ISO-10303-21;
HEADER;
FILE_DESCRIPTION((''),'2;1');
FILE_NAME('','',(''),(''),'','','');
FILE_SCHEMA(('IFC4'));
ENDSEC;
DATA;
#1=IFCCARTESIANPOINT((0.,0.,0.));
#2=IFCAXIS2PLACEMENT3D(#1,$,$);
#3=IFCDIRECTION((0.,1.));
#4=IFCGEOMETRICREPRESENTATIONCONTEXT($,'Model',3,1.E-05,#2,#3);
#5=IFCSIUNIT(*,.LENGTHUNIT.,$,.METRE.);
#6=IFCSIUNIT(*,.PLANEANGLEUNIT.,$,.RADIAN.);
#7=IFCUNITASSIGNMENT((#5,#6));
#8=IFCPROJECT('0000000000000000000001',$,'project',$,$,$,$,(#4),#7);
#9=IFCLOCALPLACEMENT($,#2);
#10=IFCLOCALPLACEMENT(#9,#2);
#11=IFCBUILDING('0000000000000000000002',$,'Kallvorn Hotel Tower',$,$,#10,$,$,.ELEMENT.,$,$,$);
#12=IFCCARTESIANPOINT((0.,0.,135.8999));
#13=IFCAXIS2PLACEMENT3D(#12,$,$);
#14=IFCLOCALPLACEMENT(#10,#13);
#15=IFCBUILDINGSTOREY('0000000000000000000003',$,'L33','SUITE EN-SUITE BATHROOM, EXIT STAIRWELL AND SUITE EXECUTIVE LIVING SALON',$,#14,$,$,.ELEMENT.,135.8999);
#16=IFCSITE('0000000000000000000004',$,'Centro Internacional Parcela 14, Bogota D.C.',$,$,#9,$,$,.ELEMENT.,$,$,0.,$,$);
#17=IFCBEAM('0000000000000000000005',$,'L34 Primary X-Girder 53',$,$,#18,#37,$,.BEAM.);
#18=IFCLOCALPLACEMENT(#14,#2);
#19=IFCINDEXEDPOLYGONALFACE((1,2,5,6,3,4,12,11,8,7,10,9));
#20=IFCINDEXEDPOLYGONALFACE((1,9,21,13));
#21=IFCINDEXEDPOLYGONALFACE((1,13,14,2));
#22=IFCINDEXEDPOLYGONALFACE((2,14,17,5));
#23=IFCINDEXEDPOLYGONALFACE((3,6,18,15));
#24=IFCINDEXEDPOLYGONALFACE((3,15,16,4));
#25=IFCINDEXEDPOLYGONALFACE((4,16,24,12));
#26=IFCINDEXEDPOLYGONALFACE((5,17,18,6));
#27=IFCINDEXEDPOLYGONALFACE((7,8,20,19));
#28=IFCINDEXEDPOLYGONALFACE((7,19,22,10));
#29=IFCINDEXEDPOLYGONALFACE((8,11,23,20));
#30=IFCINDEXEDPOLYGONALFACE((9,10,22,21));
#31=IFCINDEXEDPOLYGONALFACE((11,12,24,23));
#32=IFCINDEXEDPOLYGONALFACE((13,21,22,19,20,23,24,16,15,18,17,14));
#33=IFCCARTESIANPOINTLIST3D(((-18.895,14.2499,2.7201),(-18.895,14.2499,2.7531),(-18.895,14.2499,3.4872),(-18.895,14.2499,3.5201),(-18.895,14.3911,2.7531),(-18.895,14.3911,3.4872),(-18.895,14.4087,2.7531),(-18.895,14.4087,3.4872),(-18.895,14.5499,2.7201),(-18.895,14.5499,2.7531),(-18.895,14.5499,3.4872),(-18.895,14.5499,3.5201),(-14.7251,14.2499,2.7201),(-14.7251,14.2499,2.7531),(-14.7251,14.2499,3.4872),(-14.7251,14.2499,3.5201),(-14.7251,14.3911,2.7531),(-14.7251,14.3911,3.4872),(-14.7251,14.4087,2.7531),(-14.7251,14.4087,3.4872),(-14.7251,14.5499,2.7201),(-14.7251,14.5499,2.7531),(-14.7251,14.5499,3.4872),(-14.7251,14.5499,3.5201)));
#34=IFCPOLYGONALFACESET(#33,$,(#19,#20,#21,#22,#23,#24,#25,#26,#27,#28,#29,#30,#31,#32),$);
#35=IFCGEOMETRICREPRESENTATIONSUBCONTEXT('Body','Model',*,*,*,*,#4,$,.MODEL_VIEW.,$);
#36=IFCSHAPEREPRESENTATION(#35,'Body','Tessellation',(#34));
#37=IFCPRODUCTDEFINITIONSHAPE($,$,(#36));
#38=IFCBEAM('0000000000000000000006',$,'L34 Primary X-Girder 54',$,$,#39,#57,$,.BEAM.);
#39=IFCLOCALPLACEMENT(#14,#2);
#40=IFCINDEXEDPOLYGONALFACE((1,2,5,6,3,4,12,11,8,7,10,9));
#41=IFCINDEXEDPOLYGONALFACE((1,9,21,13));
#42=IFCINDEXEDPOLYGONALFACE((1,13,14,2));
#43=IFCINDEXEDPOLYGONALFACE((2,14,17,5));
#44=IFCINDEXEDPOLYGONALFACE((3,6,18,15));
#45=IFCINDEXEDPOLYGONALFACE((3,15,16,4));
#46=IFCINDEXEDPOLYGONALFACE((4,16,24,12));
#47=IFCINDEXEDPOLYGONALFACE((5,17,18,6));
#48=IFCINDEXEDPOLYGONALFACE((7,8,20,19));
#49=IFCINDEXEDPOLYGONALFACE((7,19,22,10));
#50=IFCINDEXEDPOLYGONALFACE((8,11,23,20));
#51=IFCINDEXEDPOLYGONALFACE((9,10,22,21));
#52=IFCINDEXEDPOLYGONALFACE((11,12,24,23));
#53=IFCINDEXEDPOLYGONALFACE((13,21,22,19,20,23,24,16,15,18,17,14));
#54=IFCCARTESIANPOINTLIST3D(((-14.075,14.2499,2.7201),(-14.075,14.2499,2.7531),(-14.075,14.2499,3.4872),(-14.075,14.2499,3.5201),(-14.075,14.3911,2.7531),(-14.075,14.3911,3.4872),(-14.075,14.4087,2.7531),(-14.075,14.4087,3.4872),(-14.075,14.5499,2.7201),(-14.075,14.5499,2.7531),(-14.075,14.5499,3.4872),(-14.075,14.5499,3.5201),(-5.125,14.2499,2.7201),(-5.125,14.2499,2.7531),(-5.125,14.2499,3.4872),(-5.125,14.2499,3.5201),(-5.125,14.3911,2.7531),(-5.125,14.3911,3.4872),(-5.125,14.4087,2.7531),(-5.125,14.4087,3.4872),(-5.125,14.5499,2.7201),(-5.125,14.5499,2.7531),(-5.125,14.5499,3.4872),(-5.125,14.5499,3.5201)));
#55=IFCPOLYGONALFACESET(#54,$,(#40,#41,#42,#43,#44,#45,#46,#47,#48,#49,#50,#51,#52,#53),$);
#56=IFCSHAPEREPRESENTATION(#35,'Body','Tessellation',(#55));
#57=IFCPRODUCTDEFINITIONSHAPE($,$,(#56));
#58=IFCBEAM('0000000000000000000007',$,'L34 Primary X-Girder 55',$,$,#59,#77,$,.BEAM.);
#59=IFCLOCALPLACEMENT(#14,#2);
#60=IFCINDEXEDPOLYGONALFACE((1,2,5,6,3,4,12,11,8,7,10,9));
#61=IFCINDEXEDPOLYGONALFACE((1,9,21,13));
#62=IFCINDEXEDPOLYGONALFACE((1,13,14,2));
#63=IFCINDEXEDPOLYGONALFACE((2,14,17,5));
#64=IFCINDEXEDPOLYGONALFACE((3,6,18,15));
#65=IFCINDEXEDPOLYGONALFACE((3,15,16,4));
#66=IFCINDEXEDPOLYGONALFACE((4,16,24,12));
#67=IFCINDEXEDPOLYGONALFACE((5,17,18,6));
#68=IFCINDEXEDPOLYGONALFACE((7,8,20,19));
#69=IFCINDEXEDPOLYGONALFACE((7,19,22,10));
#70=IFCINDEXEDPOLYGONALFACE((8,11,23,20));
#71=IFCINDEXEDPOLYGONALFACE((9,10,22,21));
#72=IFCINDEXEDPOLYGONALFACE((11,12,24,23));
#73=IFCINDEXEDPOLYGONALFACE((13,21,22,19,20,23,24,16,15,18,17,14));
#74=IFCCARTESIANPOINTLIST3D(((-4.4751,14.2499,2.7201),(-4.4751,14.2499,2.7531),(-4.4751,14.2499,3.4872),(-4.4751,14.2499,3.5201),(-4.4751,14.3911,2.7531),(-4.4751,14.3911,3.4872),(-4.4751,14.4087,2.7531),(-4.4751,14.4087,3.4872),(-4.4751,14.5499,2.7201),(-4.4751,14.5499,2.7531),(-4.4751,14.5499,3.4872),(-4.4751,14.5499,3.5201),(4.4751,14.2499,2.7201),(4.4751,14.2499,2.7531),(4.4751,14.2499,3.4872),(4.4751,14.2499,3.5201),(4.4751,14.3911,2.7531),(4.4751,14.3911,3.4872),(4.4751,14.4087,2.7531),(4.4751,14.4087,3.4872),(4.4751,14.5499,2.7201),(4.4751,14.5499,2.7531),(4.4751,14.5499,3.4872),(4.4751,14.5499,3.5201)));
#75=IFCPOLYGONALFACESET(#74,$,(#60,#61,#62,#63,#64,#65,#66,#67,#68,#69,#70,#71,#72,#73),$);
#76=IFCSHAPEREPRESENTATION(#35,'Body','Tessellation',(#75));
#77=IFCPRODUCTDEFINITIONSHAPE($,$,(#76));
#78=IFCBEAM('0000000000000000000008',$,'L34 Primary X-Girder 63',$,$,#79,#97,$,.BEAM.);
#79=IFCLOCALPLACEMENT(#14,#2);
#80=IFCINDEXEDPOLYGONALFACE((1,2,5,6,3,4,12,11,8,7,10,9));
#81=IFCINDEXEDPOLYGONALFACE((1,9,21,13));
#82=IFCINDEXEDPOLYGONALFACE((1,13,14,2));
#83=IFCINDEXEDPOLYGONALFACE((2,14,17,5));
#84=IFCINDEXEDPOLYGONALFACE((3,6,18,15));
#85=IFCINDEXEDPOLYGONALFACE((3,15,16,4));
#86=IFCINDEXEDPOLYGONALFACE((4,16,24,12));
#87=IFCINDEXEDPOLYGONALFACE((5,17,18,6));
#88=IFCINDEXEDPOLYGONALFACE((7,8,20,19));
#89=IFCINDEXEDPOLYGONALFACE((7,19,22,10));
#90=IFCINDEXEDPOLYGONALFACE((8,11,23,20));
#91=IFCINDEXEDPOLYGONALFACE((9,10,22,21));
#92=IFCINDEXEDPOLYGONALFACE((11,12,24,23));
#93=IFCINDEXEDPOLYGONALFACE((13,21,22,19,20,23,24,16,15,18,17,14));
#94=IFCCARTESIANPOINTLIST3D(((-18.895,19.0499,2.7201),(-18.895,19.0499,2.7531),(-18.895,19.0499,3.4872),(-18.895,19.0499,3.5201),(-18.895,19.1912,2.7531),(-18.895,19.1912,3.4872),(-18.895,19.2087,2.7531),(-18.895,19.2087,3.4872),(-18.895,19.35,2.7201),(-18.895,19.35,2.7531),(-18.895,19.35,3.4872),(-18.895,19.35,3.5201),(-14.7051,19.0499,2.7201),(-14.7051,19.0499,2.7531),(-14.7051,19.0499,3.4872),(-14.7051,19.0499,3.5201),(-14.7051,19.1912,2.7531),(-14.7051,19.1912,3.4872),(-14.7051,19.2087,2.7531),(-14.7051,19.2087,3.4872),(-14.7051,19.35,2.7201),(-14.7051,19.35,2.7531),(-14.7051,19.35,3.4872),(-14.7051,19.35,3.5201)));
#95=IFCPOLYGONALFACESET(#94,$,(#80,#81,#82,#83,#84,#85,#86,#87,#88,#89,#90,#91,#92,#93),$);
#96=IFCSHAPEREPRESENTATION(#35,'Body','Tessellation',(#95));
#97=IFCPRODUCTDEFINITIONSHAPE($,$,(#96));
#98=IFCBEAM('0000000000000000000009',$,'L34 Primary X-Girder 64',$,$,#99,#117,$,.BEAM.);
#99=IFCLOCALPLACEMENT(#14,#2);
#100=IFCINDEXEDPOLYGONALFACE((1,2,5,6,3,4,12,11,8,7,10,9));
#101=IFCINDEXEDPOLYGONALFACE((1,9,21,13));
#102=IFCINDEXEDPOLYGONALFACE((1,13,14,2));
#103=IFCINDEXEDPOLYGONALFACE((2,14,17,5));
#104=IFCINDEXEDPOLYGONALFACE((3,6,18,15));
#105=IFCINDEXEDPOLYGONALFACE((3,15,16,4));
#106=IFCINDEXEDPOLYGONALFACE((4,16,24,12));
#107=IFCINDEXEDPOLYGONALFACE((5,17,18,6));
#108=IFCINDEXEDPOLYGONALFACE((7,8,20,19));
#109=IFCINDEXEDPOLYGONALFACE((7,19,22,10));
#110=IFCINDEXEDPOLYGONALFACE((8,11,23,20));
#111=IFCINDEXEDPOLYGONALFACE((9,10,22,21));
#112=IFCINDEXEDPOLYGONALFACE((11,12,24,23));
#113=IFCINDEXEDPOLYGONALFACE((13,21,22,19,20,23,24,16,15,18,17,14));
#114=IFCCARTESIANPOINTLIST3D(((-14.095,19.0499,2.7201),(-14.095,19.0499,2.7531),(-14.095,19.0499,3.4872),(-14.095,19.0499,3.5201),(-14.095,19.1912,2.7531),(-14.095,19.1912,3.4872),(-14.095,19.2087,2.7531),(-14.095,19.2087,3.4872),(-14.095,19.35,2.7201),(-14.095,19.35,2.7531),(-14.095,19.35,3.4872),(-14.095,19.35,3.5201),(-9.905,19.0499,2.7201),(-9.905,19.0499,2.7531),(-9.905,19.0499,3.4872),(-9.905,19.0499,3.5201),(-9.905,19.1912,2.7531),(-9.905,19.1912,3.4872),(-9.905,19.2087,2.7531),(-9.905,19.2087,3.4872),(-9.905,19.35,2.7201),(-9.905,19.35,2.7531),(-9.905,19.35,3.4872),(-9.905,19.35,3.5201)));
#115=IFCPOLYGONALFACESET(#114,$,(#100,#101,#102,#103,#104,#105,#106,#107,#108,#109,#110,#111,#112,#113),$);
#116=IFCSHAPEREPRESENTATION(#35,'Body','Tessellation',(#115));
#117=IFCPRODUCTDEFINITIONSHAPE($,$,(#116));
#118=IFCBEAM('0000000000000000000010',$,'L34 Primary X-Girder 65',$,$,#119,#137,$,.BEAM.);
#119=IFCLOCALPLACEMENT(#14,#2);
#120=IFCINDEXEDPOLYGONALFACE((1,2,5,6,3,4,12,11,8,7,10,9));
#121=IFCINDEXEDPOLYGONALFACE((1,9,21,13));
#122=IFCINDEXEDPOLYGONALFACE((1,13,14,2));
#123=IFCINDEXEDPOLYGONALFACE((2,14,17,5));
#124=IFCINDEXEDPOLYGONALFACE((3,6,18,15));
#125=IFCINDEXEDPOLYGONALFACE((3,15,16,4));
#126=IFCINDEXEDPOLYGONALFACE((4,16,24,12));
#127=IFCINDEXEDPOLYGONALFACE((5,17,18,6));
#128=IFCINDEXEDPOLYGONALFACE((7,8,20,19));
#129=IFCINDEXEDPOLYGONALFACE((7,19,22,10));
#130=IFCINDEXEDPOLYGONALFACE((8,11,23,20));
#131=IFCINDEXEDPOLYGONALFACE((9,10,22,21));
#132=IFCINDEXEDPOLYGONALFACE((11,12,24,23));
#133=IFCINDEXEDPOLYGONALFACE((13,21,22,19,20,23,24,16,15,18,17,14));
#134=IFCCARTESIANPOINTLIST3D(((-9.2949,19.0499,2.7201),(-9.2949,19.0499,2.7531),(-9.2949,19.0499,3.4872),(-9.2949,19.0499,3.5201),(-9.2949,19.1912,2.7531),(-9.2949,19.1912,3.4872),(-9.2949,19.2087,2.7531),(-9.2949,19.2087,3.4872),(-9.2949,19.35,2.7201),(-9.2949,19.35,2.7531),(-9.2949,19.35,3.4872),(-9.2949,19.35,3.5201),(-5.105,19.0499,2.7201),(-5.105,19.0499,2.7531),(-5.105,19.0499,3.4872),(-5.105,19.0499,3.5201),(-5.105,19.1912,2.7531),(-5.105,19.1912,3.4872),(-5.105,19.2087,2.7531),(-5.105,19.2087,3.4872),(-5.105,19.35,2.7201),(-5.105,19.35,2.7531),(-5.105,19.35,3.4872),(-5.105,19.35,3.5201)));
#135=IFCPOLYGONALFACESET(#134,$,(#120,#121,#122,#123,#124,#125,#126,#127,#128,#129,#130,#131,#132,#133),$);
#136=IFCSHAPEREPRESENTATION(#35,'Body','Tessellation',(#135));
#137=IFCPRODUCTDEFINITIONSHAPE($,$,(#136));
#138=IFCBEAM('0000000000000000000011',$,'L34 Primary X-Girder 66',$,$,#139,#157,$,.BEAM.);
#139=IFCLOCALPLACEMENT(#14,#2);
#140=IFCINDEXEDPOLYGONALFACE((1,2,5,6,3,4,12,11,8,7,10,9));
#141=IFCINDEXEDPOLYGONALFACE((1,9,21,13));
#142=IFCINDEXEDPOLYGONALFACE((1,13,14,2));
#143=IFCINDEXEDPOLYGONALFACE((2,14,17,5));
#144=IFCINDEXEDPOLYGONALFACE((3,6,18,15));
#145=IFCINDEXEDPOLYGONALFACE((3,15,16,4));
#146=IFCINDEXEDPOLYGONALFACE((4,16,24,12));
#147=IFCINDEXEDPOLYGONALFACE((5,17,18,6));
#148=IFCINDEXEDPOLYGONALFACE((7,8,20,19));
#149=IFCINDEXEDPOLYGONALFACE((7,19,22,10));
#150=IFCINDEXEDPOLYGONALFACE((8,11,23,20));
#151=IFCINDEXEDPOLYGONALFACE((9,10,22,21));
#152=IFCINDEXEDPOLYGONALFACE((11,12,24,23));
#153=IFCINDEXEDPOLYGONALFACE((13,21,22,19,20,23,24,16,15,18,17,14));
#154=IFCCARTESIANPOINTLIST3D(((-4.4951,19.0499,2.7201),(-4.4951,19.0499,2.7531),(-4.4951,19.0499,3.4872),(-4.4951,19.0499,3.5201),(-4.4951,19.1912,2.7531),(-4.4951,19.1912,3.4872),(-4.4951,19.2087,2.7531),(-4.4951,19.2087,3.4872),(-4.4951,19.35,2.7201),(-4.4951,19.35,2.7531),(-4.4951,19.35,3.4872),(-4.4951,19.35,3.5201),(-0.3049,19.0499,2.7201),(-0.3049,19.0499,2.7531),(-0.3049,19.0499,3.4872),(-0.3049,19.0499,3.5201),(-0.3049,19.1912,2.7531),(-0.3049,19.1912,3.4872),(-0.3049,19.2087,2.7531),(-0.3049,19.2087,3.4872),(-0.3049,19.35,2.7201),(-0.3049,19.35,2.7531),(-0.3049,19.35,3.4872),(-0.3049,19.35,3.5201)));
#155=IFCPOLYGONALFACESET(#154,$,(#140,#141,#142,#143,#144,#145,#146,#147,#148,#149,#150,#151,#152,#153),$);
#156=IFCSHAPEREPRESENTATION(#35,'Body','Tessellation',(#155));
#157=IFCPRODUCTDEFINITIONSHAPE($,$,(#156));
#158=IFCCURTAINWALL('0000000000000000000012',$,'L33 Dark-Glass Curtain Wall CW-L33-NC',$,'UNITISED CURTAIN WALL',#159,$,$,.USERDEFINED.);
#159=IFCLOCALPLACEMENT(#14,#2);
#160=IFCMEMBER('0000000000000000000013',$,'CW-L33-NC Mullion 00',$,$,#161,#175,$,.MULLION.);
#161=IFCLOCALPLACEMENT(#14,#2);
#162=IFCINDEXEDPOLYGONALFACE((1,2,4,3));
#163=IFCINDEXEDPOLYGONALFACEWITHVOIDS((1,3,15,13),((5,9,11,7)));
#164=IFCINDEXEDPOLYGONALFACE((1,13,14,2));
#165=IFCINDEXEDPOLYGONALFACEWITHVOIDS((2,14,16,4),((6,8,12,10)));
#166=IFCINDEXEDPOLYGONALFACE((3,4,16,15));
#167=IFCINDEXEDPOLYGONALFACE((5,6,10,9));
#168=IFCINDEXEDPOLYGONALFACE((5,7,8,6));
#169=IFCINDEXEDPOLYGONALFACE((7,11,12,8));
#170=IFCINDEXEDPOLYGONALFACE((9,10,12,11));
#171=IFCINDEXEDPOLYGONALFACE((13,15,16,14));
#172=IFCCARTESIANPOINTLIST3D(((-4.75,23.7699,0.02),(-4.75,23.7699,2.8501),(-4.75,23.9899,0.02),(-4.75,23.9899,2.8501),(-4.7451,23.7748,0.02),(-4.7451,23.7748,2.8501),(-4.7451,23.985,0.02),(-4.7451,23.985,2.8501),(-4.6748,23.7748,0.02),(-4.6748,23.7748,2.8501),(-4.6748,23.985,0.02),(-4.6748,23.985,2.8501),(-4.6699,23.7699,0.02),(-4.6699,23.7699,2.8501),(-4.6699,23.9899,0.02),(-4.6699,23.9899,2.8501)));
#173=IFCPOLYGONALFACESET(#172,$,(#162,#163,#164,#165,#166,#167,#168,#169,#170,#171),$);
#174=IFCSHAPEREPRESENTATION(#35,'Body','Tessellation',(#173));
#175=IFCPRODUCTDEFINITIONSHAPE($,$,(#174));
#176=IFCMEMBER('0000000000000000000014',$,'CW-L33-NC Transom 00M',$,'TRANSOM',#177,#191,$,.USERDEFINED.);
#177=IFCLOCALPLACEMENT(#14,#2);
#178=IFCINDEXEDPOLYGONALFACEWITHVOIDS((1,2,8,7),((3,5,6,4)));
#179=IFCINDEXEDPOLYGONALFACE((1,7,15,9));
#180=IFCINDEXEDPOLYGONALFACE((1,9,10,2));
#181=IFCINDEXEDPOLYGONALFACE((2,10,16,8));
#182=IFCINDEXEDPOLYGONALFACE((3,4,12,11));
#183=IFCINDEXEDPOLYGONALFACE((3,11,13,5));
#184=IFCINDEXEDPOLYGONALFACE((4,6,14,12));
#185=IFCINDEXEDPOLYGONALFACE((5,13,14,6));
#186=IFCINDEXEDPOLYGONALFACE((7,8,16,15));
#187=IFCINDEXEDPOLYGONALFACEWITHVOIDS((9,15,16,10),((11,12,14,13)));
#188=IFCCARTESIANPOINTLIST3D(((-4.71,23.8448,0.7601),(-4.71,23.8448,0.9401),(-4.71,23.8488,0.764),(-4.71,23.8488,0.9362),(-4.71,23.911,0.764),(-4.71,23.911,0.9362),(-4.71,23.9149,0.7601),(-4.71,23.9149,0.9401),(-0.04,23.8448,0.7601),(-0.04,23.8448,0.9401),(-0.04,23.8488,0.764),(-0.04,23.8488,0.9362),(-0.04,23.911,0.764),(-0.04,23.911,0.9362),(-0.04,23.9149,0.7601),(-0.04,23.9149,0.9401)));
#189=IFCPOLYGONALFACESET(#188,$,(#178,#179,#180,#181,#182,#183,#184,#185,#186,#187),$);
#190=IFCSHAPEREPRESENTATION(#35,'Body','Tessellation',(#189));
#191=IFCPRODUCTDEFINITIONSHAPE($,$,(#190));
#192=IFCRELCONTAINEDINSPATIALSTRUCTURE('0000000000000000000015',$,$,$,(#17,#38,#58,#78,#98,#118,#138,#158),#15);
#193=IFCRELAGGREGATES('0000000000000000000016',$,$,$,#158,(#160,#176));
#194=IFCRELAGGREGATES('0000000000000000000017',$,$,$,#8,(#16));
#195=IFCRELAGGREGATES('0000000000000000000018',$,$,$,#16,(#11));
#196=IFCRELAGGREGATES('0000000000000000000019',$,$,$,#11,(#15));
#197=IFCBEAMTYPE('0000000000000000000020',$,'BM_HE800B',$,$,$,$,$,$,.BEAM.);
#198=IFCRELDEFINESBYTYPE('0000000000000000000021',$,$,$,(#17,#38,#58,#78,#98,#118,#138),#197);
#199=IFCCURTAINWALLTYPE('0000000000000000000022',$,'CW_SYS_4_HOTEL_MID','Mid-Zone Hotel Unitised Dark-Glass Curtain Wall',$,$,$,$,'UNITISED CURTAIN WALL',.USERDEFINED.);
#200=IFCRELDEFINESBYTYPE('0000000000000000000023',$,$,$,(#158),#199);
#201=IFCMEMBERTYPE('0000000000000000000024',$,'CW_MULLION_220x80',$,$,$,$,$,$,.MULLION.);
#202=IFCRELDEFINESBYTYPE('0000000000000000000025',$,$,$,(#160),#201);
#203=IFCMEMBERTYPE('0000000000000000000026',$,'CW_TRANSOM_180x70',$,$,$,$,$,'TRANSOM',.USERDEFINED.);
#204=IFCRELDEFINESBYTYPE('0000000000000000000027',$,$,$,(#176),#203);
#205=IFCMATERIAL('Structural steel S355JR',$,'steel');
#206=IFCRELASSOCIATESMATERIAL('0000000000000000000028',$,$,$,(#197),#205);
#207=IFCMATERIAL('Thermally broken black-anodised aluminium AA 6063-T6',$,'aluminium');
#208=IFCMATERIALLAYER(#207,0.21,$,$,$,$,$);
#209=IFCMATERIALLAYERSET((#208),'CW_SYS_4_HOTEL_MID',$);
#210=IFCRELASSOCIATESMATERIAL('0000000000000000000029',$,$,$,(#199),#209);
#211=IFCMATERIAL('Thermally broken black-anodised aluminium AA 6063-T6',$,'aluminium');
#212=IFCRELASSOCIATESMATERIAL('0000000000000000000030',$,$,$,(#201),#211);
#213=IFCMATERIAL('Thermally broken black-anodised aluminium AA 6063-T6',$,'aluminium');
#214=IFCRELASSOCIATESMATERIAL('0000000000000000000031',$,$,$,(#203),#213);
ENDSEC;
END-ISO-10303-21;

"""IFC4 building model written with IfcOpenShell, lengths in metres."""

from ifc_helpers import new_model, si_unit, direction, frame, origin, origin_2d, place, context, subcontext, project, spatial, hollow_rectangle, i_section, extrude, material, layer, layer_set, material_profile, profile_set, type_object, element, aggregate, save


model = new_model("IFC4")

# Units and contexts
model_context = context("Model", 3, precision=1e-05, world=origin(), true_north=direction((0.0, 1.0)))
body_context = subcontext(model_context, "Body", "Model", "MODEL_VIEW")
ifc_project = project(units=[si_unit("LENGTHUNIT", "METRE"), si_unit("PLANEANGLEUNIT", "RADIAN")], contexts=[model_context])

# Site, building, storey
site_placement = place(None, origin())
site = spatial("IfcSite", under=ifc_project, at=site_placement, Name="Centro Internacional Parcela 14, Bogota D.C.", CompositionType="ELEMENT", RefElevation=0.0)
building_placement = place(site_placement, origin())
building = spatial("IfcBuilding", under=site, at=building_placement, Name="Kallvorn Hotel Tower", CompositionType="ELEMENT")
storey_placement = place(building_placement, frame((0.0, 0.0, 135.8999)))
storey = spatial("IfcBuildingStorey", under=building, at=storey_placement, Name="L33", Description="SUITE EN-SUITE BATHROOM, EXIT STAIRWELL AND SUITE EXECUTIVE LIVING SALON", CompositionType="ELEMENT", Elevation=135.8999)

# Beams
ifc_material_1 = material(Name="Structural steel S355JR", Category="steel")
ifc_material_profile_1 = material_profile(ifc_material_1, i_section(OverallWidth=0.3, OverallDepth=0.8, WebThickness=0.0176, FlangeThickness=0.033, at=origin_2d()), Name="HE 800 B")
ifc_profile_set_1 = profile_set([ifc_material_profile_1], Name="Structural steel S355JR")
beam_type_1 = type_object("IfcBeamType", Name="BM_HE800B", PredefinedType="BEAM", material=ifc_profile_set_1)
beam_1_placement = place(storey_placement, frame((-18.895, 14.3999, 3.1201), z_axis=(1.0, 0.0, 0.0), x_axis=(0.0, 1.0, 0.0)))
element("IfcBeam", 1, at=beam_1_placement, inside=storey, type_object=beam_type_1, Name="L34 Primary X-Girder 53", PredefinedType="BEAM", context=body_context, shape_type="SweptSolid", body=[
    extrude(i_section(OverallWidth=0.3, OverallDepth=0.8, WebThickness=0.0176, FlangeThickness=0.033, at=origin_2d()), origin(), (0.0, 0.0, 1.0), 4.1699),
])
beam_2_placement = place(storey_placement, frame((-14.075, 14.3999, 3.1201), z_axis=(1.0, 0.0, 0.0), x_axis=(0.0, 1.0, 0.0)))
element("IfcBeam", 2, at=beam_2_placement, inside=storey, type_object=beam_type_1, Name="L34 Primary X-Girder 54", PredefinedType="BEAM", context=body_context, shape_type="SweptSolid", body=[
    extrude(i_section(OverallWidth=0.3, OverallDepth=0.8, WebThickness=0.0176, FlangeThickness=0.033, at=origin_2d()), origin(), (0.0, 0.0, 1.0), 8.95),
])
beam_3_placement = place(storey_placement, frame((-4.4751, 14.3999, 3.1201), z_axis=(1.0, 0.0, 0.0), x_axis=(0.0, 1.0, 0.0)))
element("IfcBeam", 3, at=beam_3_placement, inside=storey, type_object=beam_type_1, Name="L34 Primary X-Girder 55", PredefinedType="BEAM", context=body_context, shape_type="SweptSolid", body=[
    extrude(i_section(OverallWidth=0.3, OverallDepth=0.8, WebThickness=0.0176, FlangeThickness=0.033, at=origin_2d()), origin(), (0.0, 0.0, 1.0), 8.9502),
])
for number, where, z_axis, x_axis, name in (
    (4, (-18.895, 19.2, 3.1201), (1.0, 0.0, 0.0), (0.0, 1.0, 0.0), "L34 Primary X-Girder 63"),
    (5, (-14.095, 19.2, 3.1201), (1.0, 0.0, 0.0), (0.0, 1.0, 0.0), "L34 Primary X-Girder 64"),
    (6, (-9.2949, 19.2, 3.1201), (1.0, 0.0, 0.0), (0.0, 1.0, 0.0), "L34 Primary X-Girder 65"),
):
    element("IfcBeam", number, at=place(storey_placement, frame(where, z_axis=z_axis, x_axis=x_axis)), inside=storey, type_object=beam_type_1, Name=name, PredefinedType="BEAM", context=body_context, shape_type="SweptSolid", body=[
        extrude(i_section(OverallWidth=0.3, OverallDepth=0.8, WebThickness=0.0176, FlangeThickness=0.033, at=origin_2d()), origin(), (0.0, 0.0, 1.0), 4.1899),
    ])
beam_4_placement = place(storey_placement, frame((-4.4951, 19.2, 3.1201), z_axis=(1.0, 0.0, 0.0), x_axis=(0.0, 1.0, 0.0)))
element("IfcBeam", 7, at=beam_4_placement, inside=storey, type_object=beam_type_1, Name="L34 Primary X-Girder 66", PredefinedType="BEAM", context=body_context, shape_type="SweptSolid", body=[
    extrude(i_section(OverallWidth=0.3, OverallDepth=0.8, WebThickness=0.0176, FlangeThickness=0.033, at=origin_2d()), origin(), (0.0, 0.0, 1.0), 4.1902),
])

# Curtain wall, members
ifc_material_2 = material(Name="Thermally broken black-anodised aluminium AA 6063-T6", Category="aluminium")
ifc_layer = layer(ifc_material_2, 0.21)
ifc_layer_set = layer_set([ifc_layer], Name="CW_SYS_4_HOTEL_MID")
curtain_wall_type = type_object("IfcCurtainWallType", Name="CW_SYS_4_HOTEL_MID", Description="Mid-Zone Hotel Unitised Dark-Glass Curtain Wall", ElementType="UNITISED CURTAIN WALL", PredefinedType="USERDEFINED", material=ifc_layer_set)
curtain_wall_placement = place(storey_placement, origin())
curtain_wall = element("IfcCurtainWall", 8, at=curtain_wall_placement, inside=storey, type_object=curtain_wall_type, Name="L33 Dark-Glass Curtain Wall CW-L33-NC", ObjectType="UNITISED CURTAIN WALL", PredefinedType="USERDEFINED")
ifc_material_3 = material(Name="Thermally broken black-anodised aluminium AA 6063-T6", Category="aluminium")
ifc_material_profile_2 = material_profile(ifc_material_3, hollow_rectangle(XDim=0.0801, YDim=0.22, WallThickness=0.0049, at=origin_2d()), Name="MUL 220x80")
ifc_profile_set_2 = profile_set([ifc_material_profile_2], Name="Thermally broken black-anodised aluminium AA 6063-T6")
member_type_1 = type_object("IfcMemberType", Name="CW_MULLION_220x80", PredefinedType="MULLION", material=ifc_profile_set_2)
member_1_placement = place(storey_placement, frame((-4.71, 23.8799, 0.02), z_axis=(0.0, 0.0, 1.0), x_axis=(1.0, 0.0, 0.0)))
member_1 = element("IfcMember", 9, at=member_1_placement, type_object=member_type_1, Name="CW-L33-NC Mullion 00", PredefinedType="MULLION", context=body_context, shape_type="SweptSolid", body=[
    extrude(hollow_rectangle(XDim=0.0801, YDim=0.22, WallThickness=0.0049, at=origin_2d()), origin(), (0.0, 0.0, 1.0), 2.8301),
])
ifc_material_4 = material(Name="Thermally broken black-anodised aluminium AA 6063-T6", Category="aluminium")
ifc_material_profile_3 = material_profile(ifc_material_4, hollow_rectangle(XDim=0.0701, YDim=0.1799, WallThickness=0.0039, at=origin_2d()), Name="TRN 180x70")
ifc_profile_set_3 = profile_set([ifc_material_profile_3], Name="Thermally broken black-anodised aluminium AA 6063-T6")
member_type_2 = type_object("IfcMemberType", Name="CW_TRANSOM_180x70", ElementType="TRANSOM", PredefinedType="USERDEFINED", material=ifc_profile_set_3)
member_2_placement = place(storey_placement, frame((-4.71, 23.8799, 0.8501), z_axis=(1.0, 0.0, 0.0), x_axis=(0.0, 1.0, 0.0)))
member_2 = element("IfcMember", 10, at=member_2_placement, type_object=member_type_2, Name="CW-L33-NC Transom 00M", ObjectType="TRANSOM", PredefinedType="USERDEFINED", context=body_context, shape_type="SweptSolid", body=[
    extrude(hollow_rectangle(XDim=0.0701, YDim=0.1799, WallThickness=0.0039, at=origin_2d()), origin(), (0.0, 0.0, 1.0), 4.6699),
])
aggregate(curtain_wall, [member_1, member_2])

save(model, "model.ifc")
